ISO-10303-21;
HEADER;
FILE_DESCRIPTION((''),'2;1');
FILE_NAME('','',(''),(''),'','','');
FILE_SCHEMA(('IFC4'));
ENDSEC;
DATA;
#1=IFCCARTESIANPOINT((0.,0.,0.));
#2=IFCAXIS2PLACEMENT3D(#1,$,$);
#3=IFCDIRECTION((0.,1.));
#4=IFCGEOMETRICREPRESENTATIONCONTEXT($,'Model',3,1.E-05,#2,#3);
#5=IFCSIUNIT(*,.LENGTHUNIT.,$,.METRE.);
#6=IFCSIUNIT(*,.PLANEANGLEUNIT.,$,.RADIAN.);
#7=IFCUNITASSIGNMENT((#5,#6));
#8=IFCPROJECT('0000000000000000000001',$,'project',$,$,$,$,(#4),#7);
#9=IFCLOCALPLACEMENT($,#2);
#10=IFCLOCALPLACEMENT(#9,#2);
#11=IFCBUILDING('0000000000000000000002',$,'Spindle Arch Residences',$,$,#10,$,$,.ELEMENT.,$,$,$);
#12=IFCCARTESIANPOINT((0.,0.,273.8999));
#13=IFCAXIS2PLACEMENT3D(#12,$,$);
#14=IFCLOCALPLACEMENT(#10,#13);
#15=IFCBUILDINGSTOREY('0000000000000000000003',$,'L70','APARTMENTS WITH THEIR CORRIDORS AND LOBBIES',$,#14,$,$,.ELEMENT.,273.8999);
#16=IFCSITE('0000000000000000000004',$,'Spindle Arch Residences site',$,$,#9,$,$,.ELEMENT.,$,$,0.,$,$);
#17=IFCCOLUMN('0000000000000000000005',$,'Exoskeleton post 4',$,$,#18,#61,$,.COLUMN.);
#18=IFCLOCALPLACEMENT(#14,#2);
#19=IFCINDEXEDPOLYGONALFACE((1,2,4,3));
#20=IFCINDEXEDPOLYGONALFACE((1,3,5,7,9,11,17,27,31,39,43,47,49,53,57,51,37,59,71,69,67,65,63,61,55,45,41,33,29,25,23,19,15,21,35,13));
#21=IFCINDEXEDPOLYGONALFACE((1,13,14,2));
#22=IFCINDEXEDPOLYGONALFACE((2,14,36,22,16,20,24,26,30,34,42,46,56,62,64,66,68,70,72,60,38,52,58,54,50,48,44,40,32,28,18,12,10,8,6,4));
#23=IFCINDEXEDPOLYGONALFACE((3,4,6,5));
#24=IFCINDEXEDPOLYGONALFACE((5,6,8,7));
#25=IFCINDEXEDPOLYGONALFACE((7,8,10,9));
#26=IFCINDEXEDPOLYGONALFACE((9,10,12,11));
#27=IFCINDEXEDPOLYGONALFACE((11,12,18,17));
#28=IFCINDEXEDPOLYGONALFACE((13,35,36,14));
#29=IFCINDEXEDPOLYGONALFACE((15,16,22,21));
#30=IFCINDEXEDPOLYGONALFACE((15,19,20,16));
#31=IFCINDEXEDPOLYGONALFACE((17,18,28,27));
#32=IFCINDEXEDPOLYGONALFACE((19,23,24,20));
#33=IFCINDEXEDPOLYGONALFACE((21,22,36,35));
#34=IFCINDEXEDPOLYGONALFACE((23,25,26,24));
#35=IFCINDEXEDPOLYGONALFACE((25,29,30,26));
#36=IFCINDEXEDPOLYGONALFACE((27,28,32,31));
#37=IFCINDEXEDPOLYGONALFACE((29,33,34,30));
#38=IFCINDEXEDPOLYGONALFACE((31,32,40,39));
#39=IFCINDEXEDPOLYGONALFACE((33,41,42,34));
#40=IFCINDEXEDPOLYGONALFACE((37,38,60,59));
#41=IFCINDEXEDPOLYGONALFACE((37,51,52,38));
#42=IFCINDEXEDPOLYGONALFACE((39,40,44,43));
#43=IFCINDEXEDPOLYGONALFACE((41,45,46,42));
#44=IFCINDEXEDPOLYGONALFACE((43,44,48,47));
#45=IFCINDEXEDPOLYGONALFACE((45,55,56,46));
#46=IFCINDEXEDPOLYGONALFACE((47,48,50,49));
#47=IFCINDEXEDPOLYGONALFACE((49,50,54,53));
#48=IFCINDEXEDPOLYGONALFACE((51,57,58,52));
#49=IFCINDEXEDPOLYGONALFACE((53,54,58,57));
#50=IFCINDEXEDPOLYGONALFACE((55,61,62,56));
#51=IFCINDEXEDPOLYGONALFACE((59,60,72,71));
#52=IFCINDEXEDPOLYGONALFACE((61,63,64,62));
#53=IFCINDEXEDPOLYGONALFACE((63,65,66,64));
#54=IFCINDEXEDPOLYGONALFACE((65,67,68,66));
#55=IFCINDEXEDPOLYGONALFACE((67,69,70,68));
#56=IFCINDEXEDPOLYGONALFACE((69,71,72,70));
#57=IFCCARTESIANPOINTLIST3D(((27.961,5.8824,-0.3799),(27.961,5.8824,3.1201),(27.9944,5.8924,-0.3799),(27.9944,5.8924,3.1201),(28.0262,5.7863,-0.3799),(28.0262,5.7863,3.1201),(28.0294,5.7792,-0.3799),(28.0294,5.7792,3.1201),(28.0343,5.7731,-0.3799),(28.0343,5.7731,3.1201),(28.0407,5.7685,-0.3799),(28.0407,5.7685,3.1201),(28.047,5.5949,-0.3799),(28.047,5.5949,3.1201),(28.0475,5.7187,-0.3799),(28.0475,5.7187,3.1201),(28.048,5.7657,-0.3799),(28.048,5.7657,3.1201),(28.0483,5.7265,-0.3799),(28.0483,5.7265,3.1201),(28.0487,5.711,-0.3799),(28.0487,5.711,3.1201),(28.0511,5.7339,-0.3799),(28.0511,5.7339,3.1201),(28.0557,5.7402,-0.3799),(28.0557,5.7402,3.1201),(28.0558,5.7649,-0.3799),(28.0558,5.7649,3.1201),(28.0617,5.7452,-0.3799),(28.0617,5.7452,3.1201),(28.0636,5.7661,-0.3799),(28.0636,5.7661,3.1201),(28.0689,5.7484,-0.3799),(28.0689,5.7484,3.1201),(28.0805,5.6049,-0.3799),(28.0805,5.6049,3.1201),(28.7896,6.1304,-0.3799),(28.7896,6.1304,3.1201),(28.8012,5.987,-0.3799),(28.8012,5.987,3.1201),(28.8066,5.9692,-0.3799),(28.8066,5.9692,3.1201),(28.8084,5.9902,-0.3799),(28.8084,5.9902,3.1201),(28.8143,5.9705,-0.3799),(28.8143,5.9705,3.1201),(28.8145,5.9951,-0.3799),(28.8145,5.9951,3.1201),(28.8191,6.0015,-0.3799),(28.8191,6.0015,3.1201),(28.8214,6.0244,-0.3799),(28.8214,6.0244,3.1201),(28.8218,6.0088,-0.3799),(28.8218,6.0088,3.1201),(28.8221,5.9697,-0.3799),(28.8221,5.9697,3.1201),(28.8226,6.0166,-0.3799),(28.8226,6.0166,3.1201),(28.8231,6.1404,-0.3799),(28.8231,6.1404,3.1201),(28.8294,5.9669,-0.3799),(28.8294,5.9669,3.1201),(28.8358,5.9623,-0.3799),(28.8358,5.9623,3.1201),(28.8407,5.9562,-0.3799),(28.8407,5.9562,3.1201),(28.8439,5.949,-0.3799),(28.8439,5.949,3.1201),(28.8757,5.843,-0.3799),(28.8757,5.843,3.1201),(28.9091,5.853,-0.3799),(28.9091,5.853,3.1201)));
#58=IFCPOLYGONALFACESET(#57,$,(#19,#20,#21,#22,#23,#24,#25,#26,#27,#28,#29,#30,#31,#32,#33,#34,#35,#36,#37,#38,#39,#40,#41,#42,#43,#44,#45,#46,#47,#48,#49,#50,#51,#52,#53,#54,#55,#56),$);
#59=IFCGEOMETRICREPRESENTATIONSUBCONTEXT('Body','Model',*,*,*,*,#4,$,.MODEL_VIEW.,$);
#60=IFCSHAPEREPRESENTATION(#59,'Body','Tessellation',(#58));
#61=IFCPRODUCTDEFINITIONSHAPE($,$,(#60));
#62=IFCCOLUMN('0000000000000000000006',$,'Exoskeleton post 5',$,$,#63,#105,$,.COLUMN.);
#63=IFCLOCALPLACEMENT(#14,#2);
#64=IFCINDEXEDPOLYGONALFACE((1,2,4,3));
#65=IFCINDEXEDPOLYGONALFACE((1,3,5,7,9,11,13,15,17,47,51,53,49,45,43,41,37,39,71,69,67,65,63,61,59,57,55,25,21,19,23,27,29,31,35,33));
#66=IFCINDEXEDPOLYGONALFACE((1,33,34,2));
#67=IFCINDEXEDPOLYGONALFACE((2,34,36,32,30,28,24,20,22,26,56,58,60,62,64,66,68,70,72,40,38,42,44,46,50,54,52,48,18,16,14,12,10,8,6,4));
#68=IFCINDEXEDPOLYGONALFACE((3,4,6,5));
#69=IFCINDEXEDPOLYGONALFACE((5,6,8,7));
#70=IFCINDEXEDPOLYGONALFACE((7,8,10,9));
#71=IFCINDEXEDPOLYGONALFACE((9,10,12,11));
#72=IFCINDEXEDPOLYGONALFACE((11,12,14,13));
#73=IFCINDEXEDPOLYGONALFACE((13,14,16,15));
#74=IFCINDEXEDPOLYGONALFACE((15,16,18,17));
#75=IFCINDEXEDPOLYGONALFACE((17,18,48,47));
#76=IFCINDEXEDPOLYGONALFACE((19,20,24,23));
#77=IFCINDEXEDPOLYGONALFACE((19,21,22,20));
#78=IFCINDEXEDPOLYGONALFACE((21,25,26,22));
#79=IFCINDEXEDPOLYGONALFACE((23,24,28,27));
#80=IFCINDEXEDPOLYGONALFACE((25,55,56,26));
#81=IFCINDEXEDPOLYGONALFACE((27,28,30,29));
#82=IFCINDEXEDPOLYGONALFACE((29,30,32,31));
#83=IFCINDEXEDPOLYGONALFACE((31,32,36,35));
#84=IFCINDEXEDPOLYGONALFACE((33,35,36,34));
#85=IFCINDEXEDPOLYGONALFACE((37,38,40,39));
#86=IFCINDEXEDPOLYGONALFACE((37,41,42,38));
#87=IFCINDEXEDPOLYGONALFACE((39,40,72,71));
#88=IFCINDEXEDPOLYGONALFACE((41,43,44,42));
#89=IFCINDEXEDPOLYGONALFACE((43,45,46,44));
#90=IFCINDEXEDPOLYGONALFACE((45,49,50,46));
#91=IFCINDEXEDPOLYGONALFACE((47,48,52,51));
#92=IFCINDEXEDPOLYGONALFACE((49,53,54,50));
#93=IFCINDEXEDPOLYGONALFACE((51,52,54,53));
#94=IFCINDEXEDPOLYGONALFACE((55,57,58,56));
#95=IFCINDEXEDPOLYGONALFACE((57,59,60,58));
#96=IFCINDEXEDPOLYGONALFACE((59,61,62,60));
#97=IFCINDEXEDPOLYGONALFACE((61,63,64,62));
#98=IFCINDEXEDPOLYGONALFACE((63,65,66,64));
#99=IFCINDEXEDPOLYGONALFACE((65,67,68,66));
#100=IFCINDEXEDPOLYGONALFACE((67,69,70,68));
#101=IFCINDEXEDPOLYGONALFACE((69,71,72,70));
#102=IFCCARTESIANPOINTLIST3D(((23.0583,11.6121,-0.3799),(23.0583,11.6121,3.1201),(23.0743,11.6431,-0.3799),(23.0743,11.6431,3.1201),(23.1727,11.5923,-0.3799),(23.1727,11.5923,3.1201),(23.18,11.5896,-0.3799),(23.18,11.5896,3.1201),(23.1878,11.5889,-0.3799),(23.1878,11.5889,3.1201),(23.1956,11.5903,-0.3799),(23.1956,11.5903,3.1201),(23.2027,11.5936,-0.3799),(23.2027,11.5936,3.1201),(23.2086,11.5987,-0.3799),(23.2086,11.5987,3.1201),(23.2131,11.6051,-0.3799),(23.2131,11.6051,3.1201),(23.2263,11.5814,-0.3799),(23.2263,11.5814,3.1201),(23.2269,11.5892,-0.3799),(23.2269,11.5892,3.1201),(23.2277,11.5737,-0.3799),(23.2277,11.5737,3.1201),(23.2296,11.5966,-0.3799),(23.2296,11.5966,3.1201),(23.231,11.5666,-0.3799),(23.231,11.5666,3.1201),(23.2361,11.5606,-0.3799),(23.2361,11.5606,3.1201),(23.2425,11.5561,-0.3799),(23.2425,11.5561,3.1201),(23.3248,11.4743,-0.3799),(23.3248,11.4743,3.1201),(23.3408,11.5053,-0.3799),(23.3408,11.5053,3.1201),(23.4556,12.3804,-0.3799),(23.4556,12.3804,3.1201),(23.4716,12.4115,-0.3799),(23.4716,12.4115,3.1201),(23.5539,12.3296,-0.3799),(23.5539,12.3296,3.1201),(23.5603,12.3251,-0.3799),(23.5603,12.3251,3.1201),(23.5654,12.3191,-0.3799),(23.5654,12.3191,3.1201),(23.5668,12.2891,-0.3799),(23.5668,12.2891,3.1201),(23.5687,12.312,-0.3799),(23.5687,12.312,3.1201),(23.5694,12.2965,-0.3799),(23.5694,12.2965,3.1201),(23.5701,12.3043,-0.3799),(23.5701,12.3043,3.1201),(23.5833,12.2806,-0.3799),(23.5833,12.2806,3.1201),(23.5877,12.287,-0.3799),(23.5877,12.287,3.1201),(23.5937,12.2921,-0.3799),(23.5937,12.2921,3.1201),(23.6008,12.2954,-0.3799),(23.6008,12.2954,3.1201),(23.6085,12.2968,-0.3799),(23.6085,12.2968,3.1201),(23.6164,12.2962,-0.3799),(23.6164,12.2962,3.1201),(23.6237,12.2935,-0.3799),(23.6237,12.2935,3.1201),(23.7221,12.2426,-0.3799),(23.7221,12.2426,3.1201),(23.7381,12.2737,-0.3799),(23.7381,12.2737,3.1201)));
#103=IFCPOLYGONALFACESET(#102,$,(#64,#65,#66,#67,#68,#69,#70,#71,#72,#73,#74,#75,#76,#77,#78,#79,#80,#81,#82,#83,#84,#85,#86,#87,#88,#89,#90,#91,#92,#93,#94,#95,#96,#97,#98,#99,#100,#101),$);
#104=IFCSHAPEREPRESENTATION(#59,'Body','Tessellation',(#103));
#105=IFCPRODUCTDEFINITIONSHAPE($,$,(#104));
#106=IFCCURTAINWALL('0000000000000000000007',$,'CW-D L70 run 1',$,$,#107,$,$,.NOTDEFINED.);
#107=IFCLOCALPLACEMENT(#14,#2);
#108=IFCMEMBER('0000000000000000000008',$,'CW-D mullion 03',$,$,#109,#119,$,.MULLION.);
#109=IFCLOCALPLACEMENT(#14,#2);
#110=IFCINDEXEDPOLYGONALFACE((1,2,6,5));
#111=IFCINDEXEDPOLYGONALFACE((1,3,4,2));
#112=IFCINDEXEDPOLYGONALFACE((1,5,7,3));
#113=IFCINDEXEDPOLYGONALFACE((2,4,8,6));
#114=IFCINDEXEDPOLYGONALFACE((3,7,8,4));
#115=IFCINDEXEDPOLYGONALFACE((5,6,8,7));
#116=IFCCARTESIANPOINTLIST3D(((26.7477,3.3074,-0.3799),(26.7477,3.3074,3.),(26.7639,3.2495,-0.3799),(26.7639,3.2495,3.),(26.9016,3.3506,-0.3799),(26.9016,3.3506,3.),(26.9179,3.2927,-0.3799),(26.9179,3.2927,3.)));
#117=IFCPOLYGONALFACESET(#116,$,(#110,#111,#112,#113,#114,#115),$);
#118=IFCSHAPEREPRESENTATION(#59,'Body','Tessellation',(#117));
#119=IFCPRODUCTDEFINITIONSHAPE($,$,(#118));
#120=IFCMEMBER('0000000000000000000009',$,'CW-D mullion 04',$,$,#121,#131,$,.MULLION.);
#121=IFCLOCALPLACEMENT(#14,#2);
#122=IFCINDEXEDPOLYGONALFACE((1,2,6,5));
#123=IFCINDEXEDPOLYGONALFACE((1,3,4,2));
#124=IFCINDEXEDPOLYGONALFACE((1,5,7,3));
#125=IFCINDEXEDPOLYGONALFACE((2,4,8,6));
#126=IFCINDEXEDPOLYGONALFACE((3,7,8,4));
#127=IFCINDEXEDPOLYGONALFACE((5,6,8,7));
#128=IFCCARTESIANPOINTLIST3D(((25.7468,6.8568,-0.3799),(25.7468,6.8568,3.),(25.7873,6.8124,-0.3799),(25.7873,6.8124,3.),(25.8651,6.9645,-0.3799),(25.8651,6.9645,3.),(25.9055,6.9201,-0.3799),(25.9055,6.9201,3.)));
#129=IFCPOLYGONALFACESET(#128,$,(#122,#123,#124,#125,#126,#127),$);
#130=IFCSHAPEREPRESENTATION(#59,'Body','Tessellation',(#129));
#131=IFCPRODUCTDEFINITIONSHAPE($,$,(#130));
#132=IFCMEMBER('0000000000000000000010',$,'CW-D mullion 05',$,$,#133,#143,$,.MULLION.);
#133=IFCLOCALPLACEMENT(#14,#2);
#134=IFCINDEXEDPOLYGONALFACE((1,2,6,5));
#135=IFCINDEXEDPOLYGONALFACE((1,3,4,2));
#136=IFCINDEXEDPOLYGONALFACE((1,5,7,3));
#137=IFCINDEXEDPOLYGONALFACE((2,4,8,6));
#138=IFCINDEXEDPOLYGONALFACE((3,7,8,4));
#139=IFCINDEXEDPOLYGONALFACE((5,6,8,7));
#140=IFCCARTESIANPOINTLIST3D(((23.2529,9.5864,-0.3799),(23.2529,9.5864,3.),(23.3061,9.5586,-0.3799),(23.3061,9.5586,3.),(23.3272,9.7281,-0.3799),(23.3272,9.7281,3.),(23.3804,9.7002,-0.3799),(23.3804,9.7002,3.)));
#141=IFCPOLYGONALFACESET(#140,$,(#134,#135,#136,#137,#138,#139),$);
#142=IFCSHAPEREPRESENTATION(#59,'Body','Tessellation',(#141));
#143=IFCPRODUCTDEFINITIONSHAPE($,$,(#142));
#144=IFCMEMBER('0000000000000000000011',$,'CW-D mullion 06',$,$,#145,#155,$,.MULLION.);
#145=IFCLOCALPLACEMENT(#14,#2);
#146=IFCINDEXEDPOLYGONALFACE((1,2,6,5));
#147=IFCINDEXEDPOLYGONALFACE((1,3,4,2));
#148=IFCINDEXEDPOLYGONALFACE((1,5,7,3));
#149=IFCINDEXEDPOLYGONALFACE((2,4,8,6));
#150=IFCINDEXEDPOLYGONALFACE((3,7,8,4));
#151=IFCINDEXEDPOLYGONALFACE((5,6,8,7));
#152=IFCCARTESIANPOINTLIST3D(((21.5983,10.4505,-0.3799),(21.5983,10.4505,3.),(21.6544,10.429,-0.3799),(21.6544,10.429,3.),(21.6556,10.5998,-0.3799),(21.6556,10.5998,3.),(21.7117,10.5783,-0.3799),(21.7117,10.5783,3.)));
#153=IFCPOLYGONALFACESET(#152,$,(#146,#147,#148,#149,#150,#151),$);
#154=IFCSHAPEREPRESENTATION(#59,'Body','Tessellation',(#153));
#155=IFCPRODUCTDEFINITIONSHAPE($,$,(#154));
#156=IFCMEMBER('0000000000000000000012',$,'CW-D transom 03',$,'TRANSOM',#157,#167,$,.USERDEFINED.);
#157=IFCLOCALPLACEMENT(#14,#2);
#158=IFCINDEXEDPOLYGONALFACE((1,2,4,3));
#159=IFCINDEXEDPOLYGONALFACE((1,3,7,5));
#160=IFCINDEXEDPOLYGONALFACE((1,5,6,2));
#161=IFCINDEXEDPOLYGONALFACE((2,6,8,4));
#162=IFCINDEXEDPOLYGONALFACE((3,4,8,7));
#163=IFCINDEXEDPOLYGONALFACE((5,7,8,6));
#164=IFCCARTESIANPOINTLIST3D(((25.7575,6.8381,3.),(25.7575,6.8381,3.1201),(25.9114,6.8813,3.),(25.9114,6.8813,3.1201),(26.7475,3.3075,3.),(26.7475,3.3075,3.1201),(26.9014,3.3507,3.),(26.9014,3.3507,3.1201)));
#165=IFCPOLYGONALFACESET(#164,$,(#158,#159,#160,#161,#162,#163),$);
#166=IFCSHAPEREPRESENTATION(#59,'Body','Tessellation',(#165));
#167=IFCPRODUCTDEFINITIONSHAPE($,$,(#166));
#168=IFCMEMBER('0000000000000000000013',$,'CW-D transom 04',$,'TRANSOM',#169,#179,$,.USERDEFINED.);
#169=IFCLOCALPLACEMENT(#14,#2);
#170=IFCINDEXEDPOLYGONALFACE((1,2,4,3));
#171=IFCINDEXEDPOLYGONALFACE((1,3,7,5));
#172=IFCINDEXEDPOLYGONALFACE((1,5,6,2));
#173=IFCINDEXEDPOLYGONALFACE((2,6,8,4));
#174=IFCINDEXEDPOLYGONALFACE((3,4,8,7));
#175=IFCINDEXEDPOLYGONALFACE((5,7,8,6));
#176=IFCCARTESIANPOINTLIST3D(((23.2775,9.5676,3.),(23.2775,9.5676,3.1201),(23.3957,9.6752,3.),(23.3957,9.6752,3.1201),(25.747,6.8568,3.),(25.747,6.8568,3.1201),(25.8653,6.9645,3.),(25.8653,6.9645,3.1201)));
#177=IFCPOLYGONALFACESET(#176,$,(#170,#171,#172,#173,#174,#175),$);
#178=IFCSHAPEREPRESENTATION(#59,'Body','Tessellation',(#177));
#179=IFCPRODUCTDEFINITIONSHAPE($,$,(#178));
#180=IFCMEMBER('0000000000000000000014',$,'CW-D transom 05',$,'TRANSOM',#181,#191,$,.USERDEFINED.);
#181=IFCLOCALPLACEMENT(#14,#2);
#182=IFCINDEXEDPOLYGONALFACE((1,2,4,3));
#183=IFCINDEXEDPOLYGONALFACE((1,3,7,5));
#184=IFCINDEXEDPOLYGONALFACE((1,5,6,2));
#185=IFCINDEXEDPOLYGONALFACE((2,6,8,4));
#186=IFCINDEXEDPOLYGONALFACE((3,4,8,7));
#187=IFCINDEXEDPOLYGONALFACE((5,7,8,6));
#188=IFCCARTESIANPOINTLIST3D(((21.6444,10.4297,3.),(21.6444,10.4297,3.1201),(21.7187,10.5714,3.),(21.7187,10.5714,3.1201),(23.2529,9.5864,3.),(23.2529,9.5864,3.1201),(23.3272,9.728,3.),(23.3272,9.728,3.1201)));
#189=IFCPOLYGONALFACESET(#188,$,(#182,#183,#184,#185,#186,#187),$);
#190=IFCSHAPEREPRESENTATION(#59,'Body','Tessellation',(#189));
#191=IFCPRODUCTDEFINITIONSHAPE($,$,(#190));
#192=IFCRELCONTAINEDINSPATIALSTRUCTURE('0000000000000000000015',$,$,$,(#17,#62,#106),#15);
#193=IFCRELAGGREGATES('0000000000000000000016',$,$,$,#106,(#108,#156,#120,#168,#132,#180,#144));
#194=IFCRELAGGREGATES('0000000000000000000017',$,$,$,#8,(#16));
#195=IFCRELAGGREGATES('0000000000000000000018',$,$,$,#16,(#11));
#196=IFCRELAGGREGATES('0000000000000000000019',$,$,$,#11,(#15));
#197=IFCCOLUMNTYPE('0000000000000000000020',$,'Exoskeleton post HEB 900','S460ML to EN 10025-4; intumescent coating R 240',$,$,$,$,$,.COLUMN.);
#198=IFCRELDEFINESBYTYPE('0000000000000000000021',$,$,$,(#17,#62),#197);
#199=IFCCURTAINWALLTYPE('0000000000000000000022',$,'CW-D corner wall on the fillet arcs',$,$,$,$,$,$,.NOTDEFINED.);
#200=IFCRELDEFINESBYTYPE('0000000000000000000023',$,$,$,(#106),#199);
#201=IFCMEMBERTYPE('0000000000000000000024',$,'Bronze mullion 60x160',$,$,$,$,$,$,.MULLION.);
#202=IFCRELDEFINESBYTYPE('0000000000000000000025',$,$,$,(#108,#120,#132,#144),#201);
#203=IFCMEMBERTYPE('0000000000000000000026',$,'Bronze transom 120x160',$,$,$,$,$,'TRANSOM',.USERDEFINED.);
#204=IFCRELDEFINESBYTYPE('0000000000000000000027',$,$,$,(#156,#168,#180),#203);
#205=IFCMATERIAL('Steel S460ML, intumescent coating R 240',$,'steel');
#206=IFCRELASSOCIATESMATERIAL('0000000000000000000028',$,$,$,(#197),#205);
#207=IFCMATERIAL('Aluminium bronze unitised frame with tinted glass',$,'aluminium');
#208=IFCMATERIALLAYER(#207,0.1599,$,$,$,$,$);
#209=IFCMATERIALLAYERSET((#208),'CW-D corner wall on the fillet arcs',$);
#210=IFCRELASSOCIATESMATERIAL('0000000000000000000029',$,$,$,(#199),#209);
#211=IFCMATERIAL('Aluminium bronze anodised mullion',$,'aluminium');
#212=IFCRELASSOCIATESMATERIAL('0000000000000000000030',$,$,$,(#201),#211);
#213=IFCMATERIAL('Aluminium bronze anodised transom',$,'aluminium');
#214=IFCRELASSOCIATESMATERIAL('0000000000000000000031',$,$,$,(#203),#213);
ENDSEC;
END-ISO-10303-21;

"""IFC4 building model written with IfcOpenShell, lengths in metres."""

from ifc_helpers import new_model, si_unit, direction, frame, origin, origin_2d, place, context, subcontext, project, spatial, rectangle, i_section, extrude, material, layer, layer_set, material_profile, profile_set, type_object, element, aggregate, save


model = new_model("IFC4")

# Units and contexts
model_context = context("Model", 3, precision=1e-05, world=origin(), true_north=direction((0.0, 1.0)))
body_context = subcontext(model_context, "Body", "Model", "MODEL_VIEW")
ifc_project = project(units=[si_unit("LENGTHUNIT", "METRE"), si_unit("PLANEANGLEUNIT", "RADIAN")], contexts=[model_context])

# Site, building, storey
site_placement = place(None, origin())
site = spatial("IfcSite", under=ifc_project, at=site_placement, Name="Spindle Arch Residences site", CompositionType="ELEMENT", RefElevation=0.0)
building_placement = place(site_placement, origin())
building = spatial("IfcBuilding", under=site, at=building_placement, Name="Spindle Arch Residences", CompositionType="ELEMENT")
storey_placement = place(building_placement, frame((0.0, 0.0, 273.8999)))
storey = spatial("IfcBuildingStorey", under=building, at=storey_placement, Name="L70", Description="APARTMENTS WITH THEIR CORRIDORS AND LOBBIES", CompositionType="ELEMENT", Elevation=273.8999)

# Columns
ifc_material_1 = material(Name="Steel S460ML, intumescent coating R 240", Category="steel")
ifc_material_profile_1 = material_profile(ifc_material_1, i_section(OverallWidth=0.3, OverallDepth=0.8999, WebThickness=0.0186, FlangeThickness=0.0349, FilletRadius=0.03, at=origin_2d()), Name="HEB 900")
ifc_profile_set_1 = profile_set([ifc_material_profile_1], Name="Steel S460ML, intumescent coating R 240")
column_type = type_object("IfcColumnType", Name="Exoskeleton post HEB 900", Description="S460ML to EN 10025-4; intumescent coating R 240", PredefinedType="COLUMN", material=ifc_profile_set_1)
for number, where, z_axis, x_axis, name in (
    (1, (28.4351, 5.8677, -0.3799), (0.0, 0.0, 1.0), (0.286784, -0.957995, 0.0), "Exoskeleton post 4"),
    (2, (23.3982, 11.9429, -0.3799), (0.0, 0.0, 1.0), (0.888286, -0.459291, 0.0), "Exoskeleton post 5"),
):
    element("IfcColumn", number, at=place(storey_placement, frame(where, z_axis=z_axis, x_axis=x_axis)), inside=storey, type_object=column_type, Name=name, PredefinedType="COLUMN", context=body_context, shape_type="SweptSolid", body=[
        extrude(i_section(OverallWidth=0.3, OverallDepth=0.8999, WebThickness=0.0186, FlangeThickness=0.0349, FilletRadius=0.03, at=origin_2d()), origin(), (0.0, 0.0, 1.0), 3.5),
    ])

# Curtain wall, members
ifc_material_2 = material(Name="Aluminium bronze unitised frame with tinted glass", Category="aluminium")
ifc_layer_1 = layer(ifc_material_2, 0.1599)
ifc_layer_set_1 = layer_set([ifc_layer_1], Name="CW-D corner wall on the fillet arcs")
curtain_wall_type = type_object("IfcCurtainWallType", Name="CW-D corner wall on the fillet arcs", PredefinedType="NOTDEFINED", material=ifc_layer_set_1)
curtain_wall_placement = place(storey_placement, origin())
curtain_wall = element("IfcCurtainWall", 3, at=curtain_wall_placement, inside=storey, type_object=curtain_wall_type, Name="CW-D L70 run 1", PredefinedType="NOTDEFINED")
ifc_material_3 = material(Name="Aluminium bronze anodised mullion", Category="aluminium")
ifc_material_profile_2 = material_profile(ifc_material_3, rectangle(XDim=0.1599, YDim=0.0601, at=origin_2d()), Name="MU 60x160")
ifc_profile_set_2 = profile_set([ifc_material_profile_2], Name="Aluminium bronze anodised mullion")
member_type_1 = type_object("IfcMemberType", Name="Bronze mullion 60x160", PredefinedType="MULLION", material=ifc_profile_set_2)
member_1_placement = place(storey_placement, frame((26.8328, 3.3, -0.3799), z_axis=(0.0, 0.0, 1.0), x_axis=(-0.962849, -0.27004, 0.0)))
member_1 = element("IfcMember", 4, at=member_1_placement, type_object=member_type_1, Name="CW-D mullion 03", PredefinedType="MULLION", context=body_context, shape_type="SweptSolid", body=[
    extrude(rectangle(XDim=0.1599, YDim=0.0601, at=origin_2d()), origin(), (0.0, 0.0, 1.0), 3.3799),
])
member_2_placement = place(storey_placement, frame((25.8262, 6.8884, -0.3799), z_axis=(0.0, 0.0, 1.0), x_axis=(-0.739239, -0.673443, 0.0)))
member_2 = element("IfcMember", 5, at=member_2_placement, type_object=member_type_1, Name="CW-D mullion 04", PredefinedType="MULLION", context=body_context, shape_type="SweptSolid", body=[
    extrude(rectangle(XDim=0.1599, YDim=0.0601, at=origin_2d()), origin(), (0.0, 0.0, 1.0), 3.3799),
])
member_3_placement = place(storey_placement, frame((23.3167, 9.6433, -0.3799), z_axis=(0.0, 0.0, 1.0), x_axis=(-0.464327, -0.885664, 0.0)))
member_3 = element("IfcMember", 6, at=member_3_placement, type_object=member_type_1, Name="CW-D mullion 05", PredefinedType="MULLION", context=body_context, shape_type="SweptSolid", body=[
    extrude(rectangle(XDim=0.1599, YDim=0.0601, at=origin_2d()), origin(), (0.0, 0.0, 1.0), 3.3799),
])
member_4_placement = place(storey_placement, frame((21.655, 10.5144, -0.3799), z_axis=(0.0, 0.0, 1.0), x_axis=(-0.358368, -0.93358, 0.0)))
member_4 = element("IfcMember", 7, at=member_4_placement, type_object=member_type_1, Name="CW-D mullion 06", PredefinedType="MULLION", context=body_context, shape_type="SweptSolid", body=[
    extrude(rectangle(XDim=0.1599, YDim=0.0601, at=origin_2d()), origin(), (0.0, 0.0, 1.0), 3.3799),
])
ifc_material_4 = material(Name="Aluminium bronze anodised transom", Category="aluminium")
ifc_material_profile_3 = material_profile(ifc_material_4, rectangle(XDim=0.1599, YDim=0.1201, at=origin_2d()), Name="TR 120x160")
ifc_profile_set_3 = profile_set([ifc_material_profile_3], Name="Aluminium bronze anodised transom")
member_type_2 = type_object("IfcMemberType", Name="Bronze transom 120x160", ElementType="TRANSOM", PredefinedType="USERDEFINED", material=ifc_profile_set_3)
member_5_placement = place(storey_placement, frame((26.8245, 3.3291, 3.0601), z_axis=(-0.269995, 0.962862, 0.0), x_axis=(-0.962862, -0.269995, 0.0)))
member_5 = element("IfcMember", 8, at=member_5_placement, type_object=member_type_2, Name="CW-D transom 03", ObjectType="TRANSOM", PredefinedType="USERDEFINED", context=body_context, shape_type="SweptSolid", body=[
    extrude(rectangle(XDim=0.1599, YDim=0.1201, at=origin_2d()), origin(), (0.0, 0.0, 1.0), 3.6667),
])
member_6_placement = place(storey_placement, frame((25.8062, 6.9106, 3.0601), z_axis=(-0.673451, 0.739232, 0.0), x_axis=(-0.739232, -0.673451, 0.0)))
member_6 = element("IfcMember", 9, at=member_6_placement, type_object=member_type_2, Name="CW-D transom 04", ObjectType="TRANSOM", PredefinedType="USERDEFINED", context=body_context, shape_type="SweptSolid", body=[
    extrude(rectangle(XDim=0.1599, YDim=0.1201, at=origin_2d()), origin(), (0.0, 0.0, 1.0), 3.667),
])
member_7_placement = place(storey_placement, frame((23.29, 9.6572, 3.0601), z_axis=(-0.885658, 0.464339, 0.0), x_axis=(-0.464339, -0.885658, 0.0)))
member_7 = element("IfcMember", 10, at=member_7_placement, type_object=member_type_2, Name="CW-D transom 05", ObjectType="TRANSOM", PredefinedType="USERDEFINED", context=body_context, shape_type="SweptSolid", body=[
    extrude(rectangle(XDim=0.1599, YDim=0.1201, at=origin_2d()), origin(), (0.0, 0.0, 1.0), 1.8162),
])

aggregate(curtain_wall, [member_1, member_5, member_2, member_6, member_3, member_7, member_4])

save(model, "model.ifc")
